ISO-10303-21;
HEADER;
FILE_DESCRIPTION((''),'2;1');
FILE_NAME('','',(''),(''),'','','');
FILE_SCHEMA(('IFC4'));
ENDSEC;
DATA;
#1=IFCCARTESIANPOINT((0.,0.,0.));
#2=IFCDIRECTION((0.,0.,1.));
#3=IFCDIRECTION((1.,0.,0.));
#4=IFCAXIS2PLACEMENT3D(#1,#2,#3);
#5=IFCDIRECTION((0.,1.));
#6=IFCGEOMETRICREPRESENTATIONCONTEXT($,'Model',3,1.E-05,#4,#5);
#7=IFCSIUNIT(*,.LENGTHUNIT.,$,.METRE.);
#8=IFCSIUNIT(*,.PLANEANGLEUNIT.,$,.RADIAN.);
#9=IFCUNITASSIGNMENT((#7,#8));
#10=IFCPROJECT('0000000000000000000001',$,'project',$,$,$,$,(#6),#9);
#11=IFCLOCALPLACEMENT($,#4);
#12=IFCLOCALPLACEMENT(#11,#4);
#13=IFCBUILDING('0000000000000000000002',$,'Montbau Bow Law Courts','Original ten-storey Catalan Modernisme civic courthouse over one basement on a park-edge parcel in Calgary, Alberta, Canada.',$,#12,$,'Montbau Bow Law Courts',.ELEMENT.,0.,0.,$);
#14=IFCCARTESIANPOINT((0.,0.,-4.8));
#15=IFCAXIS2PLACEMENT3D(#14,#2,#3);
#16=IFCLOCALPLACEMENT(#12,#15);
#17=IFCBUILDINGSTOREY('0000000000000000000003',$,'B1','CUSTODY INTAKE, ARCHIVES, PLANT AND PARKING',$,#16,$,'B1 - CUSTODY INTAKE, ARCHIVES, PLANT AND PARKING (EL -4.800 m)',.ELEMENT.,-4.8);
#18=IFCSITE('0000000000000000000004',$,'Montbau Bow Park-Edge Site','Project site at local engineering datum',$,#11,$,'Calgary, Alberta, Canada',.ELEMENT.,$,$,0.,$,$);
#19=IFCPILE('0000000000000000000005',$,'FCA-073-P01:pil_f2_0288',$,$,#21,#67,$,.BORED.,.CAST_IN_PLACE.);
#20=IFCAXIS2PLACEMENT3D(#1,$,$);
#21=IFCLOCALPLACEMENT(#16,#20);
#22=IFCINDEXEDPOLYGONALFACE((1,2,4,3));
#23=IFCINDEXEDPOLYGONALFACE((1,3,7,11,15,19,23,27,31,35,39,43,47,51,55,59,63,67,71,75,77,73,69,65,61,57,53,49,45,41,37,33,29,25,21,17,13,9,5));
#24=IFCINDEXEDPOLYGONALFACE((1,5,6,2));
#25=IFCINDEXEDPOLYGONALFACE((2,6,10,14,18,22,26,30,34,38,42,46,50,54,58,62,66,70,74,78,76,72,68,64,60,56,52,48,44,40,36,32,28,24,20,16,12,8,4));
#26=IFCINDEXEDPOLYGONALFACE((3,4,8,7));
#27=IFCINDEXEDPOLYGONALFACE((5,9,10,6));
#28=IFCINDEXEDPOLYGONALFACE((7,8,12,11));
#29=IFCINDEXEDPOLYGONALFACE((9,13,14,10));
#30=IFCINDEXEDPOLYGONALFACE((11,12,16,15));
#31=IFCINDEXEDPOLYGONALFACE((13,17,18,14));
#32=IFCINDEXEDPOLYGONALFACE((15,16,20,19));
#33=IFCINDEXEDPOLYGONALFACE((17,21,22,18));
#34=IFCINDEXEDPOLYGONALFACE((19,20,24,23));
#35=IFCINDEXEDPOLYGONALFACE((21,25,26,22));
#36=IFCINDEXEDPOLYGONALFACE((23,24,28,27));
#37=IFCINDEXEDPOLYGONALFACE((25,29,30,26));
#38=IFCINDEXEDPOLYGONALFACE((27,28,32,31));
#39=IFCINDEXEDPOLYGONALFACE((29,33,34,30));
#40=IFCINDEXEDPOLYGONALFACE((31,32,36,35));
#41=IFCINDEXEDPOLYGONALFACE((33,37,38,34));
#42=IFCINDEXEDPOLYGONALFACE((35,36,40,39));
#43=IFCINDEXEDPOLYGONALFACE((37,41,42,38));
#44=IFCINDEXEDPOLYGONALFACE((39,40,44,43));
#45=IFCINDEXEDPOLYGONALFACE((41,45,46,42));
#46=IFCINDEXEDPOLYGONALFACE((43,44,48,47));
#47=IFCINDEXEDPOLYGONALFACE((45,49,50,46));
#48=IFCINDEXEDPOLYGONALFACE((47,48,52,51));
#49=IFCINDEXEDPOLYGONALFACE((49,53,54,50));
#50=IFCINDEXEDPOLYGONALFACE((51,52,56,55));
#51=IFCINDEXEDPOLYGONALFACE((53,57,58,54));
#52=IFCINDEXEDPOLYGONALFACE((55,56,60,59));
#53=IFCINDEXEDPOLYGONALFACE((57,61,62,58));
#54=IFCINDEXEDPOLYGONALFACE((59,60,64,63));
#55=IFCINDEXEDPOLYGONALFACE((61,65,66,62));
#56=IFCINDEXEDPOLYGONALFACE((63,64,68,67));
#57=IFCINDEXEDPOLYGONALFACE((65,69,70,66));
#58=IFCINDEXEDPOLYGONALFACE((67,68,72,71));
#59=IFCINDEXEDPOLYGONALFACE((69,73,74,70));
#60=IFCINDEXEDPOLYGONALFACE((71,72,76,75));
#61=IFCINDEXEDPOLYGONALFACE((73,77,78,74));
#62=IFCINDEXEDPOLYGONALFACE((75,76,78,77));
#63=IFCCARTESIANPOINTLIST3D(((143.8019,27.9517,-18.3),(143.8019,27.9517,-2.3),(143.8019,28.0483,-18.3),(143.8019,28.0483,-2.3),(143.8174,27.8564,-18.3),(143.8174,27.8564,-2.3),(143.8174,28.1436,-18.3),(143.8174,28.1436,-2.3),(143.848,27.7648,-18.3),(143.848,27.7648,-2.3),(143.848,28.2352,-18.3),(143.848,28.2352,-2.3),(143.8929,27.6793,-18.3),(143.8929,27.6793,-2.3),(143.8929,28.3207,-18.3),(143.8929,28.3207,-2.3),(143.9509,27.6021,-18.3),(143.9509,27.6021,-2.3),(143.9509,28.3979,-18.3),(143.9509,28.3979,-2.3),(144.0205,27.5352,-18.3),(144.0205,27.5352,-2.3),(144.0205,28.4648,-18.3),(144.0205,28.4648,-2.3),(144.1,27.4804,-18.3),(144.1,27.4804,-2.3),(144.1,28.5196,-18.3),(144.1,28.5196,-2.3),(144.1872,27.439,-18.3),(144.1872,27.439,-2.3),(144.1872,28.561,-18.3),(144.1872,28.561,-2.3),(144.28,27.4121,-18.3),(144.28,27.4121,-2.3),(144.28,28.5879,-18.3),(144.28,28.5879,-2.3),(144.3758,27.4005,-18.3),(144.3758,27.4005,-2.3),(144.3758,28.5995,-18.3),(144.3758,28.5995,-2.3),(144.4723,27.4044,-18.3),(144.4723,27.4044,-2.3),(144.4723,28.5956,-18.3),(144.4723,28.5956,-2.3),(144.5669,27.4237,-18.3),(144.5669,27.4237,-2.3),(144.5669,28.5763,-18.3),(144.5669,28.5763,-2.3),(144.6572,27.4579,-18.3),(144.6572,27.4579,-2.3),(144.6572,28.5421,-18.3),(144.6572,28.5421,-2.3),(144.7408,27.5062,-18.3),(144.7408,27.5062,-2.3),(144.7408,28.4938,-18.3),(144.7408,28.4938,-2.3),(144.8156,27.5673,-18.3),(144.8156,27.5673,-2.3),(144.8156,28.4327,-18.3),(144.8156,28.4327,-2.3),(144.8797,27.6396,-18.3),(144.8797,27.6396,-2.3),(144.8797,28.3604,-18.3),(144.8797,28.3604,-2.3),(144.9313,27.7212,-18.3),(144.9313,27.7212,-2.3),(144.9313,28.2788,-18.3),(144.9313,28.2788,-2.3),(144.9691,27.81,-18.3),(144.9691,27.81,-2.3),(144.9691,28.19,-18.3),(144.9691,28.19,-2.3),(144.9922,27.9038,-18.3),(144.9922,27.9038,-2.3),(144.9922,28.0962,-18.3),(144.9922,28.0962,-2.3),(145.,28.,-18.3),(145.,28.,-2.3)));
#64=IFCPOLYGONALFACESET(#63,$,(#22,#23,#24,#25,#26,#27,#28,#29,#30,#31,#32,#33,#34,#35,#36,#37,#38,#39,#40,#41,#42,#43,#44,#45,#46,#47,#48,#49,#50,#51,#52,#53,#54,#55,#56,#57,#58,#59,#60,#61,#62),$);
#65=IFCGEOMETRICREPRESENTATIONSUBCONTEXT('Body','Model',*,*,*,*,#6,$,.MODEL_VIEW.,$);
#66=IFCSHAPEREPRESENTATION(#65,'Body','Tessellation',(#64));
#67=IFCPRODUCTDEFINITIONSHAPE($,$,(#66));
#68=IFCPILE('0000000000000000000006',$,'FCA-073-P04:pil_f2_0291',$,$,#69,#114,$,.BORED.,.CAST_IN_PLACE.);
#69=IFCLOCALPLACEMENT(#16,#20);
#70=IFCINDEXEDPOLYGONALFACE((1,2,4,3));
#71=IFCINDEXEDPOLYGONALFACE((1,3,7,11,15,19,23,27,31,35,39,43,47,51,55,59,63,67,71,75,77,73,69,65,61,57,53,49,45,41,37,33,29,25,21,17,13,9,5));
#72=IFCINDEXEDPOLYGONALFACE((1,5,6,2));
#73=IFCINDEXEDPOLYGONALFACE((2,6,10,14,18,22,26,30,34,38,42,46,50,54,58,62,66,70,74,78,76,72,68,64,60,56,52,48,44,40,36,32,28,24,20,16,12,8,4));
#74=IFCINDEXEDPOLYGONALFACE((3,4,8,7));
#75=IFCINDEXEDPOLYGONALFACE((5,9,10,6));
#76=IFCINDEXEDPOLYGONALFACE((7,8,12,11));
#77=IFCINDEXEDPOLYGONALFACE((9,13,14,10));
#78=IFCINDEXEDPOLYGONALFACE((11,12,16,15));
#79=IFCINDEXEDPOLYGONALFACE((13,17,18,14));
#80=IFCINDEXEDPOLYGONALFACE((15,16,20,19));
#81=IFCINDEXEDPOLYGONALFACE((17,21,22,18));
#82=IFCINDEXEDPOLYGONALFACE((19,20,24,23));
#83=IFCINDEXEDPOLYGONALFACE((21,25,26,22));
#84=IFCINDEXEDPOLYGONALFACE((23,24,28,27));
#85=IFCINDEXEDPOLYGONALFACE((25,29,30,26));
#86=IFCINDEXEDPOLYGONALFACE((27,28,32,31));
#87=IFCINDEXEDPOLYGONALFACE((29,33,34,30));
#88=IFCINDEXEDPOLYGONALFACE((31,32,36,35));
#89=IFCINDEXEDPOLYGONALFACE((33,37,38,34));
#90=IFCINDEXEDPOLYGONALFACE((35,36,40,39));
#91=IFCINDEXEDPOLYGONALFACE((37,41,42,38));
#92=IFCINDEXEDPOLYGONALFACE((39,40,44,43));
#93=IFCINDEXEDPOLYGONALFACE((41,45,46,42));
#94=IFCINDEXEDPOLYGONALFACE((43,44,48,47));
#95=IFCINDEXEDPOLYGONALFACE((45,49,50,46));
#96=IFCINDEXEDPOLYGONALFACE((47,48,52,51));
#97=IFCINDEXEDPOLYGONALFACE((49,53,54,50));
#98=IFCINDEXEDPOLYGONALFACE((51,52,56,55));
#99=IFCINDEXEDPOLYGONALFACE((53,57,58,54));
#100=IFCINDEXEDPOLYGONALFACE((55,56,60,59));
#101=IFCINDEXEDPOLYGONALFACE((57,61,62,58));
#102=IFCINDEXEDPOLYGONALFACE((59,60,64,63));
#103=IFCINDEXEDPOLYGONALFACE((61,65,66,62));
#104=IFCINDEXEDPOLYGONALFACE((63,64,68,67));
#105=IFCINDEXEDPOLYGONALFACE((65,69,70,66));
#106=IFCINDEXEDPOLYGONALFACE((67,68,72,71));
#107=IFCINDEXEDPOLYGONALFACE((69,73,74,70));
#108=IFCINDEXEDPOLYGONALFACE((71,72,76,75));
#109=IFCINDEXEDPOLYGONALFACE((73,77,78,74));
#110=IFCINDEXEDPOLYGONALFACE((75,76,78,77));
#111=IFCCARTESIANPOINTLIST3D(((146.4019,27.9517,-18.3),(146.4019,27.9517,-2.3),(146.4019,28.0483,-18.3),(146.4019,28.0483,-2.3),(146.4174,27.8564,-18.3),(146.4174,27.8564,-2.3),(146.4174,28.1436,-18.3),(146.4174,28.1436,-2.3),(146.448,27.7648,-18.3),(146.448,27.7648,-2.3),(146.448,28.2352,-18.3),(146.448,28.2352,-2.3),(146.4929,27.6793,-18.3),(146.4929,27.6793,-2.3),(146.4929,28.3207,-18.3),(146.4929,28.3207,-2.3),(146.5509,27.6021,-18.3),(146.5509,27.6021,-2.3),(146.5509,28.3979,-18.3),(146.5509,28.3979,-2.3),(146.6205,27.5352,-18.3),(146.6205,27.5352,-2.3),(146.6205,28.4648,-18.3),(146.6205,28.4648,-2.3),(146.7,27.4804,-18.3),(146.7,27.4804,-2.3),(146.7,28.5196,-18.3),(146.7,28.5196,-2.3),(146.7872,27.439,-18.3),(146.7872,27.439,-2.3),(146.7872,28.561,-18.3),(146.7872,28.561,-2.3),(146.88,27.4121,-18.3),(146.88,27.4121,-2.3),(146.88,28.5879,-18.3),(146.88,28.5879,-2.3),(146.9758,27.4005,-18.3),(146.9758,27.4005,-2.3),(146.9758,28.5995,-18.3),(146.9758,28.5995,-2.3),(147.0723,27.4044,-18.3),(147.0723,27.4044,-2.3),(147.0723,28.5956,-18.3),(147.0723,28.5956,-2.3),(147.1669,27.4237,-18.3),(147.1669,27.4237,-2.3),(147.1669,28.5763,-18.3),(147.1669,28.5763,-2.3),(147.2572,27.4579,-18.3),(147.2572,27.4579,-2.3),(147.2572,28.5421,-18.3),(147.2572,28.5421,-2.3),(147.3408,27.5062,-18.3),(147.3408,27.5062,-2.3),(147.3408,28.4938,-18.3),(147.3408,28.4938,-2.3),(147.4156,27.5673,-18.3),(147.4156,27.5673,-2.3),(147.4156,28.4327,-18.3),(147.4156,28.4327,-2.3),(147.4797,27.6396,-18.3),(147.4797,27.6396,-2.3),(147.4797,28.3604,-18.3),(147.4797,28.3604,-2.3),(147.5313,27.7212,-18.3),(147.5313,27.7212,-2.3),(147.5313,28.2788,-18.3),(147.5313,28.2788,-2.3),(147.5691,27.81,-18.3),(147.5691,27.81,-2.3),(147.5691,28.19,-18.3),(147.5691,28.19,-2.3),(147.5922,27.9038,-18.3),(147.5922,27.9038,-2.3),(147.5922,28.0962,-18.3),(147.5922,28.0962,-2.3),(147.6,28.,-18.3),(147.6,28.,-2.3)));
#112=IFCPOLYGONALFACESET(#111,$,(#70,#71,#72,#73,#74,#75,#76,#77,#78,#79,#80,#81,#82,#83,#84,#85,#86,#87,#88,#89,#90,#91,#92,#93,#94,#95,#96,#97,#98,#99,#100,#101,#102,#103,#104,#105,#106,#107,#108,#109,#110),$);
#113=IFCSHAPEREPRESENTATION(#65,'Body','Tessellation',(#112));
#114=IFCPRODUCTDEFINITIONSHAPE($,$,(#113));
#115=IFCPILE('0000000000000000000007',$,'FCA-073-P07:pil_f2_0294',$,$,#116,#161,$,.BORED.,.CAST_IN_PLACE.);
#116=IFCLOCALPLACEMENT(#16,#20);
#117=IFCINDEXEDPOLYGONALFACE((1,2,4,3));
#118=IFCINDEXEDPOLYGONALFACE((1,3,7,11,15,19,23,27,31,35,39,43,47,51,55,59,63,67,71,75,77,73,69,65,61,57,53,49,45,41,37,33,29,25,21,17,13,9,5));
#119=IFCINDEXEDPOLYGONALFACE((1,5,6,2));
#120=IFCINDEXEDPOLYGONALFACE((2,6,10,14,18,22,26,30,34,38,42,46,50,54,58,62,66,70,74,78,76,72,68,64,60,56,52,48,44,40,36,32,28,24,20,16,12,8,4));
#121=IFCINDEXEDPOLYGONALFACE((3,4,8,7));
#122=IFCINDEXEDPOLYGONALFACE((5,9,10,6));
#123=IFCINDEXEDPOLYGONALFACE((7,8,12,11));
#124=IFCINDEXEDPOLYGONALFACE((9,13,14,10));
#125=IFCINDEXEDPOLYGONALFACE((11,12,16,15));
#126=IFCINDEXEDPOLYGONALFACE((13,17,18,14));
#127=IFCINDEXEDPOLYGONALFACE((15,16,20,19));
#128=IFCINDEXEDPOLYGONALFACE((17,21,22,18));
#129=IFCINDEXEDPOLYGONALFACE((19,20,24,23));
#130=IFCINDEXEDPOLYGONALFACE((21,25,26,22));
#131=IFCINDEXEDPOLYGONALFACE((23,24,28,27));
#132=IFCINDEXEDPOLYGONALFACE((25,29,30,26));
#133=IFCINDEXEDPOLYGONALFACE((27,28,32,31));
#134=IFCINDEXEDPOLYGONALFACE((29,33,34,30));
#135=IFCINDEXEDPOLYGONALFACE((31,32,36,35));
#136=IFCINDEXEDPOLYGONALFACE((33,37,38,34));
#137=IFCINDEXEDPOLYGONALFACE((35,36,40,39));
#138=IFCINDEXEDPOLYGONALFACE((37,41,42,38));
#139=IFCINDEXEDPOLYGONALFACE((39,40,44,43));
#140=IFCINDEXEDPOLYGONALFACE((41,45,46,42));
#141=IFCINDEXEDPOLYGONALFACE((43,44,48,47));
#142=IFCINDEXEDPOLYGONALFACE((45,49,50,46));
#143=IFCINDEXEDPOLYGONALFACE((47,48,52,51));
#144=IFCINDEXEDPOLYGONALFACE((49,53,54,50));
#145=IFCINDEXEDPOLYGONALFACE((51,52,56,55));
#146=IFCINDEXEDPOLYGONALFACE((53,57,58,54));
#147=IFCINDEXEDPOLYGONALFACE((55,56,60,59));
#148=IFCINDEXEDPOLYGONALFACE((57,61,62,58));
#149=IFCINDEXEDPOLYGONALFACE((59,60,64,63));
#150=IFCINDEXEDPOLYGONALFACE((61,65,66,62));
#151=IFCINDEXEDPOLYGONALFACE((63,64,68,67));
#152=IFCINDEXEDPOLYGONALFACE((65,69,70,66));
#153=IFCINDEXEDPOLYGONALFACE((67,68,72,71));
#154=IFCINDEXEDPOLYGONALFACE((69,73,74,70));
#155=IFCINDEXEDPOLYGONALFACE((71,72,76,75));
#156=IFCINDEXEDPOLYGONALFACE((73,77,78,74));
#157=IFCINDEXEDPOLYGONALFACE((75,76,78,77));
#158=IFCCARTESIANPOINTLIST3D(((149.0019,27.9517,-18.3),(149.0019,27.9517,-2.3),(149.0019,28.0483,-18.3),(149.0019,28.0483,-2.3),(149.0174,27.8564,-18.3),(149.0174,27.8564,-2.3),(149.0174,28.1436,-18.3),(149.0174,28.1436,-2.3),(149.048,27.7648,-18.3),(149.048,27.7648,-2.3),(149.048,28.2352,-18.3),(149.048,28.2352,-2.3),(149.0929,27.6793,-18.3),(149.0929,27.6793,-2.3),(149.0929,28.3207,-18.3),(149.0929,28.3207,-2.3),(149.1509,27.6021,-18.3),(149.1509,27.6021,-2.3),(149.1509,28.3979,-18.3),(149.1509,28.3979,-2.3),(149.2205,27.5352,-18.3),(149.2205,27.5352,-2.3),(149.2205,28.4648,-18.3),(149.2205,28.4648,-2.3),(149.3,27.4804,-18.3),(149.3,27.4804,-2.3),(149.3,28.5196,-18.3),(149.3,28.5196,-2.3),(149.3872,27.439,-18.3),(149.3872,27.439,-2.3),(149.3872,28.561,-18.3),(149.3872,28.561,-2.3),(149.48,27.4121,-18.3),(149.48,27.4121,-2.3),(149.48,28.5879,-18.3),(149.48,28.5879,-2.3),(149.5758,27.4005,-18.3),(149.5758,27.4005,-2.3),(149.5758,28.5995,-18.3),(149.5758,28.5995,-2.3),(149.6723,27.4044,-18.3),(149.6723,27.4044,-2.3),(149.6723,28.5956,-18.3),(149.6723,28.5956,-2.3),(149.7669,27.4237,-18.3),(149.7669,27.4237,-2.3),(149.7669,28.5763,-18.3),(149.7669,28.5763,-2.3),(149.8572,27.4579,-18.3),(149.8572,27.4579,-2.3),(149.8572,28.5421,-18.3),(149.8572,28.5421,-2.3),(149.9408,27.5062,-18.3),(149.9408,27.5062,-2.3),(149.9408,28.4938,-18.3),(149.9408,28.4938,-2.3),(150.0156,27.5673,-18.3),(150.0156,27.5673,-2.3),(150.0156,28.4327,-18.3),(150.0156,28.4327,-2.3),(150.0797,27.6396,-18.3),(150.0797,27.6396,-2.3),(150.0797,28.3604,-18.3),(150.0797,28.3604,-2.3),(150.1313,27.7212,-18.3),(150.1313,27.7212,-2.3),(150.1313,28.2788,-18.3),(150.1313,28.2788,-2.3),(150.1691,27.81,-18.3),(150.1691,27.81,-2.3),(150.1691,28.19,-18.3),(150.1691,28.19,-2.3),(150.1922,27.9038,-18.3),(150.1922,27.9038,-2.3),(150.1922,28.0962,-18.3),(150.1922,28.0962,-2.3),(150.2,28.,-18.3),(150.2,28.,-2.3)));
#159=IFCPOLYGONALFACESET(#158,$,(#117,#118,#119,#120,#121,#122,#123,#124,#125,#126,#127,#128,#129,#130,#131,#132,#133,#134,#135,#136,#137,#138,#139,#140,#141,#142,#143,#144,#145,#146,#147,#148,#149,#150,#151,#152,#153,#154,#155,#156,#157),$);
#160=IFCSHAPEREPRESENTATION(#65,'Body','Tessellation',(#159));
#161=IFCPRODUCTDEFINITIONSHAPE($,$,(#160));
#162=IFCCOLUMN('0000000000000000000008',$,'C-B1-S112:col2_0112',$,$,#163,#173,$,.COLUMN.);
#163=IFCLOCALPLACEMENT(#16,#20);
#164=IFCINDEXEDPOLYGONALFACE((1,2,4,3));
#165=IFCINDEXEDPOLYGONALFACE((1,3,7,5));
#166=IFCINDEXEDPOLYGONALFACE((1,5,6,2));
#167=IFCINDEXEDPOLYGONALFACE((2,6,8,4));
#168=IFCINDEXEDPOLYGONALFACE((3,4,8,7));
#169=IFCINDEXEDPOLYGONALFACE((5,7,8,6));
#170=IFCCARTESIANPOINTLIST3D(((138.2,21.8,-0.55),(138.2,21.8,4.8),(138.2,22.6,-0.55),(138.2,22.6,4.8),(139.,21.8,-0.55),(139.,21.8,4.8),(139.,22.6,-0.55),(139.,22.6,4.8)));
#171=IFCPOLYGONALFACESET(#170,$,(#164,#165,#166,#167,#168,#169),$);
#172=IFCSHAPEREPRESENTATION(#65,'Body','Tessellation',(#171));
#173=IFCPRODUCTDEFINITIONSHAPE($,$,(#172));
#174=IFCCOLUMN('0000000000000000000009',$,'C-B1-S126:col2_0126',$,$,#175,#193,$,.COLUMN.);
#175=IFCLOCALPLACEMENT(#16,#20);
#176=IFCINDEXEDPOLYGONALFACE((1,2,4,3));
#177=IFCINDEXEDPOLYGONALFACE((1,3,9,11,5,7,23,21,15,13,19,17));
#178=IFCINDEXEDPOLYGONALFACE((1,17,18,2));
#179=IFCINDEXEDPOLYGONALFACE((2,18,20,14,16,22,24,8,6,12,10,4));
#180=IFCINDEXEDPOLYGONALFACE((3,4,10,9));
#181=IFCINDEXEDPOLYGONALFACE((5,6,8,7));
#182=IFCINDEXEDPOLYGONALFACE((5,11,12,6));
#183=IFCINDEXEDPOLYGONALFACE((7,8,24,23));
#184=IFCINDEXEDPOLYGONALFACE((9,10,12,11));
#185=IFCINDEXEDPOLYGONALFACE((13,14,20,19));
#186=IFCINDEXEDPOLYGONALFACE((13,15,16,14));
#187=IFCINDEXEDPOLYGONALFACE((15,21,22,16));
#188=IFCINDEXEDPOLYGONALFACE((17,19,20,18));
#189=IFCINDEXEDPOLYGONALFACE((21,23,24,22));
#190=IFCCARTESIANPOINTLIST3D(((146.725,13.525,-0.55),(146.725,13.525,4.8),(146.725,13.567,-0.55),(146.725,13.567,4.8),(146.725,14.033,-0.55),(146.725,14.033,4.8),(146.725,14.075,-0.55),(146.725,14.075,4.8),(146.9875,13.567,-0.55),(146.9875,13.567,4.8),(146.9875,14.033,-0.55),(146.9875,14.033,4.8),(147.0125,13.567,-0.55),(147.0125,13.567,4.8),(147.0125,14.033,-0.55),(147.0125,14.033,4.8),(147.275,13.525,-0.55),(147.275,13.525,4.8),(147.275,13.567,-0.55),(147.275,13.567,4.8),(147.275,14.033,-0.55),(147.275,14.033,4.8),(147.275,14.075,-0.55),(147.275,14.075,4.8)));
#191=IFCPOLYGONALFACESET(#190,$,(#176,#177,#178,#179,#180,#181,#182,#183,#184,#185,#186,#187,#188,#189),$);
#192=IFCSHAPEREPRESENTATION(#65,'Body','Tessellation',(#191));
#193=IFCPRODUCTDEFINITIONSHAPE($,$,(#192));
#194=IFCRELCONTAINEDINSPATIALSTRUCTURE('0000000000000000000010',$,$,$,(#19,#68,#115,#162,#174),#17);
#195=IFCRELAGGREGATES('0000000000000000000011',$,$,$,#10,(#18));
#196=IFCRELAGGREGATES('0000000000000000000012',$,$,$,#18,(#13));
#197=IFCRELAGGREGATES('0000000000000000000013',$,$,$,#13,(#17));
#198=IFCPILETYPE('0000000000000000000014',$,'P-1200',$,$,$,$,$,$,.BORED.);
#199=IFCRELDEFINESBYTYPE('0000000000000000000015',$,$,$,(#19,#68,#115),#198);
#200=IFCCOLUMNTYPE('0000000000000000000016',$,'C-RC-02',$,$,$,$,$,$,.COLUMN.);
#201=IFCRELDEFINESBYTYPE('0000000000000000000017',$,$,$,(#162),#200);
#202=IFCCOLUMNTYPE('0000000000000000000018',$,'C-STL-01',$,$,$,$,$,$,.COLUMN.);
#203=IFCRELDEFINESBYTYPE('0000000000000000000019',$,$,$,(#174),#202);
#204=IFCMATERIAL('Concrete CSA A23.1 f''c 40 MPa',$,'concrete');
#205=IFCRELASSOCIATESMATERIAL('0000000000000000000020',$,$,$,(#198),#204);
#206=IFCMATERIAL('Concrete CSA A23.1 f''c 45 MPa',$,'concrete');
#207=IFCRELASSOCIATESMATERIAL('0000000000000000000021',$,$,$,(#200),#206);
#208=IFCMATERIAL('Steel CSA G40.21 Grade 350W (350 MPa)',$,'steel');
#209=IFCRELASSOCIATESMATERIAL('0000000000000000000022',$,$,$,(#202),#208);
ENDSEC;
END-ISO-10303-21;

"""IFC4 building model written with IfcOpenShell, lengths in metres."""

from ifc_helpers import new_model, si_unit, direction, frame, origin_with_axes, origin_2d_with_axis, place, context, subcontext, project, spatial, rectangle, circle, i_section, extrude, material, material_profile, profile_set, type_object, element, save


model = new_model("IFC4")

# Units and contexts
model_context = context("Model", 3, precision=1e-05, world=origin_with_axes(), true_north=direction((0.0, 1.0)))
body_context = subcontext(model_context, "Body", "Model", "MODEL_VIEW")
ifc_project = project(units=[si_unit("LENGTHUNIT", "METRE"), si_unit("PLANEANGLEUNIT", "RADIAN")], contexts=[model_context])

# Site, building, storey
site_placement = place(None, origin_with_axes())
site = spatial("IfcSite", under=ifc_project, at=site_placement, Name="Montbau Bow Park-Edge Site", Description="Project site at local engineering datum", LongName="Calgary, Alberta, Canada", CompositionType="ELEMENT", RefElevation=0.0)
building_placement = place(site_placement, origin_with_axes())
building = spatial("IfcBuilding", under=site, at=building_placement, Name="Montbau Bow Law Courts", Description="Original ten-storey Catalan Modernisme civic courthouse over one basement on a park-edge parcel in Calgary, Alberta, Canada.", LongName="Montbau Bow Law Courts", CompositionType="ELEMENT", ElevationOfRefHeight=0.0, ElevationOfTerrain=0.0)
storey_placement = place(building_placement, frame((0.0, 0.0, -4.8), z_axis=(0.0, 0.0, 1.0), x_axis=(1.0, 0.0, 0.0)))
storey = spatial("IfcBuildingStorey", under=building, at=storey_placement, Name="B1", Description="CUSTODY INTAKE, ARCHIVES, PLANT AND PARKING", LongName="B1 - CUSTODY INTAKE, ARCHIVES, PLANT AND PARKING (EL -4.800 m)", CompositionType="ELEMENT", Elevation=-4.8)

# Piles
ifc_material_1 = material(Name="Concrete CSA A23.1 f'c 40 MPa", Category="concrete")
ifc_material_profile_1 = material_profile(ifc_material_1, circle(Radius=0.6, at=origin_2d_with_axis()), Name="BP1200", Category="Main", Priority=0)
ifc_profile_set_1 = profile_set([ifc_material_profile_1], Name="Concrete CSA A23.1 f'c 40 MPa")
pile_type_1 = type_object("IfcPileType", Name="P-1200", PredefinedType="BORED", material=ifc_profile_set_1)
for number, where, z_axis, x_axis, name in (
    (1, (144.4, 28.0, -23.1), (0.0, 0.0, 1.0), (1.0, 0.0, 0.0), "FCA-073-P01:pil_f2_0288"),
    (2, (147.0, 28.0, -23.1), (0.0, 0.0, 1.0), (1.0, 0.0, 0.0), "FCA-073-P04:pil_f2_0291"),
    (3, (149.6, 28.0, -23.1), (0.0, 0.0, 1.0), (1.0, 0.0, 0.0), "FCA-073-P07:pil_f2_0294"),
):
    element("IfcPile", number, at=place(None, frame(where, z_axis=z_axis, x_axis=x_axis)), inside=storey, type_object=pile_type_1, Name=name, ConstructionType="CAST_IN_PLACE", PredefinedType="BORED", context=body_context, shape_type="SweptSolid", body=[
        extrude(circle(Radius=0.6, at=origin_2d_with_axis()), origin_with_axes(), (0.0, 0.0, 1.0), 16.0),
    ])

# Columns
ifc_material_2 = material(Name="Concrete CSA A23.1 f'c 45 MPa", Category="concrete")
ifc_material_profile_2 = material_profile(ifc_material_2, rectangle(XDim=0.8, YDim=0.8, at=origin_2d_with_axis()), Name="RC800X800", Category="Main", Priority=0)
ifc_profile_set_2 = profile_set([ifc_material_profile_2], Name="Concrete CSA A23.1 f'c 45 MPa")
column_type_1 = type_object("IfcColumnType", Name="C-RC-02", PredefinedType="COLUMN", material=ifc_profile_set_2)
column_1_placement = place(None, frame((138.6, 22.2, -5.35), z_axis=(0.0, 0.0, 1.0), x_axis=(1.0, 0.0, 0.0)))
element("IfcColumn", 4, at=column_1_placement, inside=storey, type_object=column_type_1, Name="C-B1-S112:col2_0112", PredefinedType="COLUMN", context=body_context, shape_type="SweptSolid", body=[
    extrude(rectangle(XDim=0.8, YDim=0.8, at=origin_2d_with_axis()), origin_with_axes(), (0.0, 0.0, 1.0), 5.35),
])
ifc_material_3 = material(Name="Steel CSA G40.21 Grade 350W (350 MPa)", Category="steel")
ifc_material_profile_3 = material_profile(ifc_material_3, i_section(OverallWidth=0.55, OverallDepth=0.55, WebThickness=0.025, FlangeThickness=0.042, at=origin_2d_with_axis()), Name="WWF550X420", Category="Main", Priority=0)
ifc_profile_set_3 = profile_set([ifc_material_profile_3], Name="Steel CSA G40.21 Grade 350W (350 MPa)")
column_type_2 = type_object("IfcColumnType", Name="C-STL-01", PredefinedType="COLUMN", material=ifc_profile_set_3)
column_2_placement = place(None, frame((147.0, 13.8, -5.35), z_axis=(0.0, 0.0, 1.0), x_axis=(1.0, 0.0, 0.0)))
element("IfcColumn", 5, at=column_2_placement, inside=storey, type_object=column_type_2, Name="C-B1-S126:col2_0126", PredefinedType="COLUMN", context=body_context, shape_type="SweptSolid", body=[
    extrude(i_section(OverallWidth=0.55, OverallDepth=0.55, WebThickness=0.025, FlangeThickness=0.042, at=origin_2d_with_axis()), origin_with_axes(), (0.0, 0.0, 1.0), 5.35),
])

save(model, "model.ifc")
